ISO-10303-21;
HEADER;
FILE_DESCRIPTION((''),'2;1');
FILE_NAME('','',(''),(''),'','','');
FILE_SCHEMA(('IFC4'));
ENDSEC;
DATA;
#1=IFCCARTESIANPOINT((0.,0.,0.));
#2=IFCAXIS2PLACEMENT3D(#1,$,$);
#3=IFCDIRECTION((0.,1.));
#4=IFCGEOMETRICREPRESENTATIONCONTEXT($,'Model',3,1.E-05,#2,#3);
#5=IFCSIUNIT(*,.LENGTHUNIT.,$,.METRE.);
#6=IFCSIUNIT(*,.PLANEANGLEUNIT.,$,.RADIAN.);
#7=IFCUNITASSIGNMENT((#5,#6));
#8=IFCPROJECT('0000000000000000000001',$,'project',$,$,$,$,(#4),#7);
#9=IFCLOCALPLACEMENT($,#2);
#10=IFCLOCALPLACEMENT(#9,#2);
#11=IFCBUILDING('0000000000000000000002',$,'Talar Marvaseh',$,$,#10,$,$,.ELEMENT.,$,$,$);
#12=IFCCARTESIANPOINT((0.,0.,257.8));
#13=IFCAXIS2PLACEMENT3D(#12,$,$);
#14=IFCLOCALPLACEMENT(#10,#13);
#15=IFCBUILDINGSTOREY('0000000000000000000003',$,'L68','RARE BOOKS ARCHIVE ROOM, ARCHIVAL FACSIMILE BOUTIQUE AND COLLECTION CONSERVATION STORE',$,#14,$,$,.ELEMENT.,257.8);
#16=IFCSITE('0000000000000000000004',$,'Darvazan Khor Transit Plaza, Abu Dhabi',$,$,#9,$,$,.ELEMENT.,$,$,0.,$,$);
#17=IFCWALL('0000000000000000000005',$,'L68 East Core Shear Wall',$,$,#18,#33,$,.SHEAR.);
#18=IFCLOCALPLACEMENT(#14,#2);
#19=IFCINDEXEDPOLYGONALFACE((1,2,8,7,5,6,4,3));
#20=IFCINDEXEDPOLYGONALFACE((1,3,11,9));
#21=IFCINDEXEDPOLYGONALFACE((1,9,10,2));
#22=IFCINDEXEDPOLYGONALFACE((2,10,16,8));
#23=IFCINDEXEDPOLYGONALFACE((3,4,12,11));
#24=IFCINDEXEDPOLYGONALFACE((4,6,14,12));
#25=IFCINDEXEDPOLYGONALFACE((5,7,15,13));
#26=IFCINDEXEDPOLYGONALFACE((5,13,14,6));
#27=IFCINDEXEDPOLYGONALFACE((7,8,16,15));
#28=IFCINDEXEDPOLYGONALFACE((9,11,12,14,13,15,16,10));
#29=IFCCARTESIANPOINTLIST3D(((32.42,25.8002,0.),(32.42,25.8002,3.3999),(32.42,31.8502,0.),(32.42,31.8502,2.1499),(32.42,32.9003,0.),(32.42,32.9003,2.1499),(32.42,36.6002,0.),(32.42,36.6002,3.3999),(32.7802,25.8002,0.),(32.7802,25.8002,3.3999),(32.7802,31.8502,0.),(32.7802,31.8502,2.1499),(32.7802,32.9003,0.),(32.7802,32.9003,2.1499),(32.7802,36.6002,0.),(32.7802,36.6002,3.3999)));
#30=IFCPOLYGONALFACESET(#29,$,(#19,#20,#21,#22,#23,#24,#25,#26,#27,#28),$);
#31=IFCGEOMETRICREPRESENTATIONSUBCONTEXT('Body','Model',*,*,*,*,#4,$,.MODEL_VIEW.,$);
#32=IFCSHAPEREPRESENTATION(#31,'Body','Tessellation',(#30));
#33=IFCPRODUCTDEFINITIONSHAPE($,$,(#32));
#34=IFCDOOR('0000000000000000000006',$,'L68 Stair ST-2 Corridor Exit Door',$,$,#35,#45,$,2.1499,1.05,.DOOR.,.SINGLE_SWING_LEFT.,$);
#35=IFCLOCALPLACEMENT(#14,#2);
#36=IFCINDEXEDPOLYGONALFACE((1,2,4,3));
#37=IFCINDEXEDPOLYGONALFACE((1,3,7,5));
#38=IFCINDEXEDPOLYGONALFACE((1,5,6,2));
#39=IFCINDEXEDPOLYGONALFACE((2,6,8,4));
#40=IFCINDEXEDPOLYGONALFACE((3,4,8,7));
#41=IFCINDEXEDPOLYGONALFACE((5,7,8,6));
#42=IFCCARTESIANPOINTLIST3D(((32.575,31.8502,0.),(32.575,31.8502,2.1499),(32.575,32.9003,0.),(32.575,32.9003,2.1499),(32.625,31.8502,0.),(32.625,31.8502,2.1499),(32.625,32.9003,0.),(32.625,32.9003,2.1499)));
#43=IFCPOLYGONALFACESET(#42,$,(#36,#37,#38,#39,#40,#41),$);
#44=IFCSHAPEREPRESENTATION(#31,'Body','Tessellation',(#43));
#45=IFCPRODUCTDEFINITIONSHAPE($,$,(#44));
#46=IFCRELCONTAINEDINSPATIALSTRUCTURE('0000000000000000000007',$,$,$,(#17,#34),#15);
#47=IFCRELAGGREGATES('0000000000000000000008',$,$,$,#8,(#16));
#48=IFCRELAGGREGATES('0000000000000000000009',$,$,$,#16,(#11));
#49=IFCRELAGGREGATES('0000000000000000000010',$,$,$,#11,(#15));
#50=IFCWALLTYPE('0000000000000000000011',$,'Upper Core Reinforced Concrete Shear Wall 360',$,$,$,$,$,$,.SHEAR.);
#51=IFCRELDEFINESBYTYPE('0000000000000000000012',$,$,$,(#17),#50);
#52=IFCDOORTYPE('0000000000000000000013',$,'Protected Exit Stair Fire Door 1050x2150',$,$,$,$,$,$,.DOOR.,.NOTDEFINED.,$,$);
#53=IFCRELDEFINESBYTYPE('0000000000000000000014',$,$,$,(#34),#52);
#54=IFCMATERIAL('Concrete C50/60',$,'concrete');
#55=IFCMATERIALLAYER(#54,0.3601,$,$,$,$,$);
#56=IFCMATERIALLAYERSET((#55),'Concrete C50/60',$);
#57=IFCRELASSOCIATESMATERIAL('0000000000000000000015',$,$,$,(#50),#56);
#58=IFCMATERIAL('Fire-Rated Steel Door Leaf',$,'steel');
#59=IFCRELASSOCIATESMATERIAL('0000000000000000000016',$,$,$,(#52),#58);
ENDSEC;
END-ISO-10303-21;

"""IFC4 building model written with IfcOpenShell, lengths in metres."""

from ifc_helpers import new_model, si_unit, direction, frame, frame_2d, origin, place, context, subcontext, project, spatial, rectangle, extrude, source, transform, mapped, material, layer, layer_set, type_object, type_shapes, element, fill, save


model = new_model("IFC4")

# Units and contexts
model_context = context("Model", 3, precision=1e-05, world=origin(), true_north=direction((0.0, 1.0)))
body_context = subcontext(model_context, "Body", "Model", "MODEL_VIEW")
ifc_project = project(units=[si_unit("LENGTHUNIT", "METRE"), si_unit("PLANEANGLEUNIT", "RADIAN")], contexts=[model_context])

# Site, building, storey
site_placement = place(None, origin())
site = spatial("IfcSite", under=ifc_project, at=site_placement, Name="Darvazan Khor Transit Plaza, Abu Dhabi", CompositionType="ELEMENT", RefElevation=0.0)
building_placement = place(site_placement, origin())
building = spatial("IfcBuilding", under=site, at=building_placement, Name="Talar Marvaseh", CompositionType="ELEMENT")
storey_placement = place(building_placement, frame((0.0, 0.0, 257.8)))
storey = spatial("IfcBuildingStorey", under=building, at=storey_placement, Name="L68", Description="RARE BOOKS ARCHIVE ROOM, ARCHIVAL FACSIMILE BOUTIQUE AND COLLECTION CONSERVATION STORE", CompositionType="ELEMENT", Elevation=257.8)

# Shared definitions
ifc_material_1 = material(Name="Concrete C50/60", Category="concrete")

# Wall, opening, door
ifc_layer_1 = layer(ifc_material_1, 0.3601)
ifc_layer_set_1 = layer_set([ifc_layer_1], Name="Concrete C50/60")
wall_type_1 = type_object("IfcWallType", Name="Upper Core Reinforced Concrete Shear Wall 360", PredefinedType="SHEAR", material=ifc_layer_set_1)
wall_1_placement = place(storey_placement, frame((32.6001, 36.6001, 0.0), z_axis=(0.0, 0.0, 1.0), x_axis=(0.0, -1.0, 0.0)))
wall_1 = element("IfcWall", 1, at=wall_1_placement, inside=storey, type_object=wall_type_1, Name="L68 East Core Shear Wall", PredefinedType="SHEAR", context=body_context, shape_type="SweptSolid", body=[
    extrude(rectangle(XDim=10.8, YDim=0.3601, at=frame_2d((5.3999, 0.0))), origin(), (0.0, 0.0, 1.0), 3.3999),
])
opening_1_placement = place(wall_1_placement, frame((3.7, 0.0, 0.0)))
opening_1 = element("IfcOpeningElement", 2, at=opening_1_placement, cuts=wall_1, PredefinedType="OPENING", context=body_context, shape_type="SweptSolid", body=[
    extrude(rectangle(XDim=1.05, YDim=2.1499, at=frame_2d((0.5249, 1.075))), frame((0.0, 0.1899, 0.0), z_axis=(0.0, -1.0, 0.0), x_axis=(1.0, 0.0, 0.0)), (0.0, 0.0, 1.0), 0.3801),
])
ifc_material_2 = material(Name="Fire-Rated Steel Door Leaf", Category="steel")
door_type_1 = type_object("IfcDoorType", Name="Protected Exit Stair Fire Door 1050x2150", OperationType="NOTDEFINED", PredefinedType="DOOR", material=ifc_material_2)
shared_shape_1 = source(origin(), body_context, "Body", "SweptSolid", [
    extrude(rectangle(XDim=1.05, YDim=2.1499, at=frame_2d((0.5249, 1.075))), frame((0.0, 0.0249, 0.0), z_axis=(0.0, -1.0, 0.0), x_axis=(1.0, 0.0, 0.0)), (0.0, 0.0, 1.0), 0.05),
])
type_shapes(door_type_1, [shared_shape_1])
door_1_placement = place(opening_1_placement, origin())
door_1 = element("IfcDoor", 3, at=door_1_placement, inside=storey, type_object=door_type_1, Name="L68 Stair ST-2 Corridor Exit Door", OperationType="SINGLE_SWING_LEFT", OverallHeight=2.1499, OverallWidth=1.05, PredefinedType="DOOR", context=body_context, shape_type="MappedRepresentation", body=[
    mapped(shared_shape_1, transform((0.0, 0.0, 0.0), x_axis=(1.0, 0.0, 0.0), y_axis=(0.0, 1.0, 0.0), z_axis=(0.0, 0.0, 1.0), scale=1.0)),
])
fill(opening_1, door_1)

save(model, "model.ifc")
